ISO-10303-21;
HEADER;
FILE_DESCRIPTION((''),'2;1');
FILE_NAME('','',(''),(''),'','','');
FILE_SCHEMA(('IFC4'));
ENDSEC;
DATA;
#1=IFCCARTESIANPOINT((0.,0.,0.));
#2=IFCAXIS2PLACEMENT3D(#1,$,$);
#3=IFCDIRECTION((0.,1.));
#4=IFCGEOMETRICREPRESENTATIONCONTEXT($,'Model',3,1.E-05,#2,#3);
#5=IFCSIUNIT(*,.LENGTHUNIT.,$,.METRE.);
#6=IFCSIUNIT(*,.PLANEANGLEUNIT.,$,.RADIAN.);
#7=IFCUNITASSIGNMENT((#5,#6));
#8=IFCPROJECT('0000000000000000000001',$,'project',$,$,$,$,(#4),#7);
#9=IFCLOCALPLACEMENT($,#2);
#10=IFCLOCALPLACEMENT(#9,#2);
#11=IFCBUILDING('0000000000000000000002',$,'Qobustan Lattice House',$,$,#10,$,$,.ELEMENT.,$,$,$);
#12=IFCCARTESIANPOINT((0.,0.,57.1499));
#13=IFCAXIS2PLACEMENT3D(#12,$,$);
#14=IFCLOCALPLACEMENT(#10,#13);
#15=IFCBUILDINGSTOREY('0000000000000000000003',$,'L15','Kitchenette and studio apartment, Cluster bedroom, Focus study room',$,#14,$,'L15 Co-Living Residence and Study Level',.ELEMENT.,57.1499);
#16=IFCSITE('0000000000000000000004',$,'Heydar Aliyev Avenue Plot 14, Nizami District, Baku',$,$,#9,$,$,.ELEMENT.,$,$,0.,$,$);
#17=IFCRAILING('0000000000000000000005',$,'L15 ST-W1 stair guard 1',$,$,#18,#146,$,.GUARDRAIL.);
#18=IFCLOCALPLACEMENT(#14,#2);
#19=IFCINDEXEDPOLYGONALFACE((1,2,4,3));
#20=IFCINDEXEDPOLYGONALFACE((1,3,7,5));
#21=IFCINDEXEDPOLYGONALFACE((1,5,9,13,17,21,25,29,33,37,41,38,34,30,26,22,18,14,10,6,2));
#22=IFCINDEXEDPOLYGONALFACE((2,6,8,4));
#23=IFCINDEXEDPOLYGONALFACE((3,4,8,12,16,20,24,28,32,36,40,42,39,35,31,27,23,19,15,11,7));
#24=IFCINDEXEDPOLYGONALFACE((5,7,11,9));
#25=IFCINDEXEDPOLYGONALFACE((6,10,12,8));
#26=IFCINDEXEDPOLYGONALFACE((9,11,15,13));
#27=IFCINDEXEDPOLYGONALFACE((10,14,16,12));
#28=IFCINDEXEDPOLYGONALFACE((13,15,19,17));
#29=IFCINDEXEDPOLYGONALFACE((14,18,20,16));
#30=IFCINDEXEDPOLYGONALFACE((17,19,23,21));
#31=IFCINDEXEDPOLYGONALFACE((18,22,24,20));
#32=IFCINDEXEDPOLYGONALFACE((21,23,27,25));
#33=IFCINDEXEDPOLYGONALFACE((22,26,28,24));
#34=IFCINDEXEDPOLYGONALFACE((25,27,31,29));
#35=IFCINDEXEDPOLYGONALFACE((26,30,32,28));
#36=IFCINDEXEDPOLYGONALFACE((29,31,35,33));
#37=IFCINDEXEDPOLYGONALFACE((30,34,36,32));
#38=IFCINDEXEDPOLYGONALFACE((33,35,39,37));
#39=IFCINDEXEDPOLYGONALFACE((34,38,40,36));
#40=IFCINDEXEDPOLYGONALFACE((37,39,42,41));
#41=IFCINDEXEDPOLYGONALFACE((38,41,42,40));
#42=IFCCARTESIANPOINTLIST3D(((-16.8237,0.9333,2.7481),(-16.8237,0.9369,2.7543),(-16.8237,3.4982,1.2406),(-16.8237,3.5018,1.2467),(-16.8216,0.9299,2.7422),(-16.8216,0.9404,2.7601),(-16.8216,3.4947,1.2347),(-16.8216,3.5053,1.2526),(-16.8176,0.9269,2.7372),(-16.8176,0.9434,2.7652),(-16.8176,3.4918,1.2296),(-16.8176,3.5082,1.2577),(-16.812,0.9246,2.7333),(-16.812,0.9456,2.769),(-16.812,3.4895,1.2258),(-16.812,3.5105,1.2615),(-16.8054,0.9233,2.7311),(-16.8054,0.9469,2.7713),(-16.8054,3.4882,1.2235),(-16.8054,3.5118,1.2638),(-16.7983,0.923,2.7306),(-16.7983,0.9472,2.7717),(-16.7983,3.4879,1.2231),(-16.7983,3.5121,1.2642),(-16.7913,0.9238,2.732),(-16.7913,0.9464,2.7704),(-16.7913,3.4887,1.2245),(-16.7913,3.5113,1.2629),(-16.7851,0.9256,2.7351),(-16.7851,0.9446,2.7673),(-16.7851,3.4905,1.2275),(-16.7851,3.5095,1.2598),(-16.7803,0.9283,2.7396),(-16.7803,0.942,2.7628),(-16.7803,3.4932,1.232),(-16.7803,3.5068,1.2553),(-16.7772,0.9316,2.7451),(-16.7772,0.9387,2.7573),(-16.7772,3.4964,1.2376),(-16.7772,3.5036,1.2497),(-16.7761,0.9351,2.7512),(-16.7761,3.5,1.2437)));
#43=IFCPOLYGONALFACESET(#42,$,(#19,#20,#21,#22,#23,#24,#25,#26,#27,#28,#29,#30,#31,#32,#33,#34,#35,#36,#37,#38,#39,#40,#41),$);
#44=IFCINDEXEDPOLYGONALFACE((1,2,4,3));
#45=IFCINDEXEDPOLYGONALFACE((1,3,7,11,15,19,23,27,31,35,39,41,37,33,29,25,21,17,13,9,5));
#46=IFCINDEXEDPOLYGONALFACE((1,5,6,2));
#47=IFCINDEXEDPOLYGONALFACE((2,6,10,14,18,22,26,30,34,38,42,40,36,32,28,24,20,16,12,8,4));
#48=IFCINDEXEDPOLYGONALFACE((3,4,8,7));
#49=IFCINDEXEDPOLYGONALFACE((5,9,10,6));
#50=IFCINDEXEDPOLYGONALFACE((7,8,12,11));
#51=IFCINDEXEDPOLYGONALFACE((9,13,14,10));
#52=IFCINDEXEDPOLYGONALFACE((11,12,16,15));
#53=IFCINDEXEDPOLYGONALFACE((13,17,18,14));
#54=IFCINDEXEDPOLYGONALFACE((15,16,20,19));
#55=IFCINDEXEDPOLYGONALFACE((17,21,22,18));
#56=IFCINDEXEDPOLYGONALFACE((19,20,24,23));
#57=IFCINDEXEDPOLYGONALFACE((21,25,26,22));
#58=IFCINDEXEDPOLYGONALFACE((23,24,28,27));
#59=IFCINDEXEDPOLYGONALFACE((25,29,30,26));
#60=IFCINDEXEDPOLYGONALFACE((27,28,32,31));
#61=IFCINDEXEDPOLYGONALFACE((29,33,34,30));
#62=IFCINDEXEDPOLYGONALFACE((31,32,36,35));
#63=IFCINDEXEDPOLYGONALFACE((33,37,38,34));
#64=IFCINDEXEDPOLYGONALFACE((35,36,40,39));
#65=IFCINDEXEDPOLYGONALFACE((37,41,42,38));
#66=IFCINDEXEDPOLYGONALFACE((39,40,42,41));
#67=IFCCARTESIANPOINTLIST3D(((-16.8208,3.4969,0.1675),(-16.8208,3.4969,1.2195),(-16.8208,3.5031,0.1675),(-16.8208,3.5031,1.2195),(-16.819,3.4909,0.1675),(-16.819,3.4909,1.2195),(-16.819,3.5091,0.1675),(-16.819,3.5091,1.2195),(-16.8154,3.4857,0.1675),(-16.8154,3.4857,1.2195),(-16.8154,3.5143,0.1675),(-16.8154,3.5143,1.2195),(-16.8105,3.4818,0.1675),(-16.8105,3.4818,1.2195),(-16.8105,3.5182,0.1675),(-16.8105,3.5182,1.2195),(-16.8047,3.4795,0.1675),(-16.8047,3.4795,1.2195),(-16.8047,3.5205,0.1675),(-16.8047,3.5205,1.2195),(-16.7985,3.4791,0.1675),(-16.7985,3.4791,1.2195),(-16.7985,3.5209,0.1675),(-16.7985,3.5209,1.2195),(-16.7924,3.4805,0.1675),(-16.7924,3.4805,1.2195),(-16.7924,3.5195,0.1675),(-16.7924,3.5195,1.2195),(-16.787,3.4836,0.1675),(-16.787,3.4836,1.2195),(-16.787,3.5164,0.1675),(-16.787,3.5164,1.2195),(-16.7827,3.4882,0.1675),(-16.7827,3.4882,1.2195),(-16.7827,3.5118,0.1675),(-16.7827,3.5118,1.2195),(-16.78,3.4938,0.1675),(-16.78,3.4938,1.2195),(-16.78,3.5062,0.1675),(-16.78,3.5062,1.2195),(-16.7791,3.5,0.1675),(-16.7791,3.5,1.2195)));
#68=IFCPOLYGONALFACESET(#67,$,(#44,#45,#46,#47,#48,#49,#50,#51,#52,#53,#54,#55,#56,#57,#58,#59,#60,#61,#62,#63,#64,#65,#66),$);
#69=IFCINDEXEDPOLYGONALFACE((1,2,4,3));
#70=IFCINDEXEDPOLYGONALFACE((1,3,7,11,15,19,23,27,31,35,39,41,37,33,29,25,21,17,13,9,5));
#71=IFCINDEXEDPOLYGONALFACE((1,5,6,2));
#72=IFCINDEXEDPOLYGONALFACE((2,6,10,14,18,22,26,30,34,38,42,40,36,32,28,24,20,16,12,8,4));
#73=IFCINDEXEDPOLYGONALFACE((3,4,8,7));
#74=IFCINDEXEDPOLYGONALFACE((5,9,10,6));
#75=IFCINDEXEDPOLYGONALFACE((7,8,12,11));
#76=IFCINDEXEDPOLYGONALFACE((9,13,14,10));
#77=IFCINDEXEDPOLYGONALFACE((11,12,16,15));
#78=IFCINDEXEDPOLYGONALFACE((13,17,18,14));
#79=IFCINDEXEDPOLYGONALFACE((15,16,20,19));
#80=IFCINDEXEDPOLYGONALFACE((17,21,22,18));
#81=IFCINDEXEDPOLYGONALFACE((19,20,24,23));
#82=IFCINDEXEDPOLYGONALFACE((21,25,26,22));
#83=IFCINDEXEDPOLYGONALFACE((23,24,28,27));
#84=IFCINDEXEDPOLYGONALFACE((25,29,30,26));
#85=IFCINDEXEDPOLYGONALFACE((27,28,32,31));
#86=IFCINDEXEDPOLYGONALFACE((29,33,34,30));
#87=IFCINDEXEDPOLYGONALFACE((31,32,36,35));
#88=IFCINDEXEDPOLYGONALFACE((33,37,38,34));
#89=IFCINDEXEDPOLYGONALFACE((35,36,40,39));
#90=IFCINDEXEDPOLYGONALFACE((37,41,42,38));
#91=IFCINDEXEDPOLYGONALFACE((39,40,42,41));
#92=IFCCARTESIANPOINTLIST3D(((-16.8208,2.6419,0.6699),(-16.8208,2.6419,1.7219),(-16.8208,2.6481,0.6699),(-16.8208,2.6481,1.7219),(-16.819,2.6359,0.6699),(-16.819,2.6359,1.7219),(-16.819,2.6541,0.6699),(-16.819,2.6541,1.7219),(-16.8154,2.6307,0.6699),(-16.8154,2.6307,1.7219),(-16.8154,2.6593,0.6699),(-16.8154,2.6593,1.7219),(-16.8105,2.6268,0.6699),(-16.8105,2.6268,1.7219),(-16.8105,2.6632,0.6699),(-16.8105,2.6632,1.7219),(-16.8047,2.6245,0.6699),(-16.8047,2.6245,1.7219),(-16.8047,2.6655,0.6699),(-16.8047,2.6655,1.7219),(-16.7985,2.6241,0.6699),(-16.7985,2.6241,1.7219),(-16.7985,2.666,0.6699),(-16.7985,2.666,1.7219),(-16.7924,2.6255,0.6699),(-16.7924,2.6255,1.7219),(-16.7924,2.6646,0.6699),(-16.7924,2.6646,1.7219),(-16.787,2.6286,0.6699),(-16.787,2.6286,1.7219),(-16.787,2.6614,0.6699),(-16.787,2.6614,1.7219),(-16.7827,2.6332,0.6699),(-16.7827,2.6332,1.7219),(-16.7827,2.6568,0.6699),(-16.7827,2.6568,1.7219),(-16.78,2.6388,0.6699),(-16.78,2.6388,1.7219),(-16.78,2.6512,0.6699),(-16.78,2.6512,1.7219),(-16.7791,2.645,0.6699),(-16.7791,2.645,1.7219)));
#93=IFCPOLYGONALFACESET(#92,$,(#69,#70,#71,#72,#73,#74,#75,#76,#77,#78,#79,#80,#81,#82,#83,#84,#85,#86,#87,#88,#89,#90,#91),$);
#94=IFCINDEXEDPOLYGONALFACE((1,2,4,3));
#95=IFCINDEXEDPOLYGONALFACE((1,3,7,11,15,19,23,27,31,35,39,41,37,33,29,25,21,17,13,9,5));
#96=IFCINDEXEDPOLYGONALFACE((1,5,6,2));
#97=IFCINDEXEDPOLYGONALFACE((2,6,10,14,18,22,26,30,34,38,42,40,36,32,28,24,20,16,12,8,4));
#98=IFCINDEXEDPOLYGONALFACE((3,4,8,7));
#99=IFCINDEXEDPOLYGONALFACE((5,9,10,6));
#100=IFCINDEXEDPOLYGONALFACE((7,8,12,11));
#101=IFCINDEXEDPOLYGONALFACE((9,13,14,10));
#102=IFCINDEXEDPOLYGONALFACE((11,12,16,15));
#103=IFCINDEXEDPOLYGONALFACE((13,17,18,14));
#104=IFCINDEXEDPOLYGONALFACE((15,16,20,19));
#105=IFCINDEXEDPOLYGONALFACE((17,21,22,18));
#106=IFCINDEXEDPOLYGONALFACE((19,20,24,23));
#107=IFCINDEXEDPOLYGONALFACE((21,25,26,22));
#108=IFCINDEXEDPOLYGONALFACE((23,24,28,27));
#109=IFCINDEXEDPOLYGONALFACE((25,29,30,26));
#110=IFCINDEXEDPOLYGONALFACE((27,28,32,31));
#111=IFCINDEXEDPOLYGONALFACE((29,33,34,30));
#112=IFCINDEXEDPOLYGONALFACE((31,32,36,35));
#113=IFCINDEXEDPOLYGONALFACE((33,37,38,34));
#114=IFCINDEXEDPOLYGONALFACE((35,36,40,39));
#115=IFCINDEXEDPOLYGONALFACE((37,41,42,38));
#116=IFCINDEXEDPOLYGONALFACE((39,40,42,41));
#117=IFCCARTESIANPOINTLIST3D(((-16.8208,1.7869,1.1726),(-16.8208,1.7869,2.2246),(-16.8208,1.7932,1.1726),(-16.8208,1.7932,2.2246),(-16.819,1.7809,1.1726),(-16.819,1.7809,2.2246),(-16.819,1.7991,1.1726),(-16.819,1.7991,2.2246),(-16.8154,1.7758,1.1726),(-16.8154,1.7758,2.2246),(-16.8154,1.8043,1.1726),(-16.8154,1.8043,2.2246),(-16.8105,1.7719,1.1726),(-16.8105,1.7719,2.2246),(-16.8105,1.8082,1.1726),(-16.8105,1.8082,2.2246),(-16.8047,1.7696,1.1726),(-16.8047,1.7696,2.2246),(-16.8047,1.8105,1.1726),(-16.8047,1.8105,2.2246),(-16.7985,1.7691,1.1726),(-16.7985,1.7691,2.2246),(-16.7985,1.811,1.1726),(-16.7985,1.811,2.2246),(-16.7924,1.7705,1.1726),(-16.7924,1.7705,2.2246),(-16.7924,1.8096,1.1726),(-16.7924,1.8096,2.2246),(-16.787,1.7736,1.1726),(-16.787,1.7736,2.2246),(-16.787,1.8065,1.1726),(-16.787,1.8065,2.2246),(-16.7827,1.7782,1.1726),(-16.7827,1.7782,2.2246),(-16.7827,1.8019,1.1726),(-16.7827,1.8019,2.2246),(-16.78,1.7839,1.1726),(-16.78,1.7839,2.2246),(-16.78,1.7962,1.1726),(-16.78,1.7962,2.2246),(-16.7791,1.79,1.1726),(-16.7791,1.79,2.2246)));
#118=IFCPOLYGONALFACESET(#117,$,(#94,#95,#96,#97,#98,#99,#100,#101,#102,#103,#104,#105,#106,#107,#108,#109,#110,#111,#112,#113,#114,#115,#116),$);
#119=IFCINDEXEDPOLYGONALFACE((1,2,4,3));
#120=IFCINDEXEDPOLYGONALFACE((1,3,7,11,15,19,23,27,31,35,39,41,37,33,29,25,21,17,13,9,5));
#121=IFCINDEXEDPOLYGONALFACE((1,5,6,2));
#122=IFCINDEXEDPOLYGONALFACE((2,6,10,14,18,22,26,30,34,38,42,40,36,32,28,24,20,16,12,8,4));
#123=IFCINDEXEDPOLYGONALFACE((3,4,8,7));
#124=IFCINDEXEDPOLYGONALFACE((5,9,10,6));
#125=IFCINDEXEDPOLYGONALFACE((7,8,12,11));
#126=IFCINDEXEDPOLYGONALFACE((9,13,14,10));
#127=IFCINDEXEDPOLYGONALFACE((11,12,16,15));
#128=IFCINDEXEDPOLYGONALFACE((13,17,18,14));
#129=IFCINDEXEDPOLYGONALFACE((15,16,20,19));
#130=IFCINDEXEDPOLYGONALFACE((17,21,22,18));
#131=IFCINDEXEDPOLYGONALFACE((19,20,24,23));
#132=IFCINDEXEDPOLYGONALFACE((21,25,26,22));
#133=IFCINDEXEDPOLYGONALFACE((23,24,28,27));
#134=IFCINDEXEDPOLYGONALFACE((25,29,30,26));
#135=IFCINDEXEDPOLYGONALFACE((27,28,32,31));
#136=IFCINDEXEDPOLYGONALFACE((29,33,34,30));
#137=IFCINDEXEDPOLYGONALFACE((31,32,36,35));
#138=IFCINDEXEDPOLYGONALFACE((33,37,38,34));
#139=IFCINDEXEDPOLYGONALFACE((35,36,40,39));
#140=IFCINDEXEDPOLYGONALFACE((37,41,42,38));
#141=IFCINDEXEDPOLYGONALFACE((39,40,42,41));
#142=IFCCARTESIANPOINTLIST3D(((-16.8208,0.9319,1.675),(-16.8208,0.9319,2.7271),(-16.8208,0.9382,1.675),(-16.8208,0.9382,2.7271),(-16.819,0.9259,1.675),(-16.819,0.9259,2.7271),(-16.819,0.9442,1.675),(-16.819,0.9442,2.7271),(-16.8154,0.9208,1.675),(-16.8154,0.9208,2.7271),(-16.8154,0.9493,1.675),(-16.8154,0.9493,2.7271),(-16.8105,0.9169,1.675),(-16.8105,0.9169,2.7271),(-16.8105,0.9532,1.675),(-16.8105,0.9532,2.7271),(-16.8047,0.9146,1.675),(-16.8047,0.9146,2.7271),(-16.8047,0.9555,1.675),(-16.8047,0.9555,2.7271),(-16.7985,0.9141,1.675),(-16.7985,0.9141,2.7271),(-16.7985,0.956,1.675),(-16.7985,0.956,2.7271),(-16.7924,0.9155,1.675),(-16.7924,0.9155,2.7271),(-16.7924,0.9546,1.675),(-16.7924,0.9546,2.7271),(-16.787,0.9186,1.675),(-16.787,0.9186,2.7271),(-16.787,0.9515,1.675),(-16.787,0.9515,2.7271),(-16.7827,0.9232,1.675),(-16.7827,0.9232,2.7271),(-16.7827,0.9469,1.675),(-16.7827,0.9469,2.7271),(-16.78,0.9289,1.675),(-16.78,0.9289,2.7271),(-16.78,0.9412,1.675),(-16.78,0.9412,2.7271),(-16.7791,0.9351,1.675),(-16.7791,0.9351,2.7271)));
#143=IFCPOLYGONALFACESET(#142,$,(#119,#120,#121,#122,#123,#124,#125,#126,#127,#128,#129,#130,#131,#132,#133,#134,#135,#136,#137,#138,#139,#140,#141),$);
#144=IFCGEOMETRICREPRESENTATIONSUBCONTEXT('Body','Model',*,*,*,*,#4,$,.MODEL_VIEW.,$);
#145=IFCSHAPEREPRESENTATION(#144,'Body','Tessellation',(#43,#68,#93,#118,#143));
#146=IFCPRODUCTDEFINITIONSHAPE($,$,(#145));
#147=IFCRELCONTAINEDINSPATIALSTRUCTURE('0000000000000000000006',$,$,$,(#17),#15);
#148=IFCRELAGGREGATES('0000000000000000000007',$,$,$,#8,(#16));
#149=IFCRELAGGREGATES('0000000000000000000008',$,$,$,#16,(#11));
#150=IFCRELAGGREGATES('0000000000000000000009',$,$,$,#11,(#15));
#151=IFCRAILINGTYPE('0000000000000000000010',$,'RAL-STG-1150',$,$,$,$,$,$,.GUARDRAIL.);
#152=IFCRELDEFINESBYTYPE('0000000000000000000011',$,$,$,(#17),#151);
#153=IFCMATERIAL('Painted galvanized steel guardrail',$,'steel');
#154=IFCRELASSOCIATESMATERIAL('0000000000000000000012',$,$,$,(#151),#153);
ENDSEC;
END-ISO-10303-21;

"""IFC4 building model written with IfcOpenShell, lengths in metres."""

from ifc_helpers import new_model, si_unit, direction, frame, origin, origin_2d, place, context, subcontext, project, spatial, circle, extrude, material, type_object, element, save


model = new_model("IFC4")

# Units and contexts
model_context = context("Model", 3, precision=1e-05, world=origin(), true_north=direction((0.0, 1.0)))
body_context = subcontext(model_context, "Body", "Model", "MODEL_VIEW")
ifc_project = project(units=[si_unit("LENGTHUNIT", "METRE"), si_unit("PLANEANGLEUNIT", "RADIAN")], contexts=[model_context])

# Site, building, storey
site_placement = place(None, origin())
site = spatial("IfcSite", under=ifc_project, at=site_placement, Name="Heydar Aliyev Avenue Plot 14, Nizami District, Baku", CompositionType="ELEMENT", RefElevation=0.0)
building_placement = place(site_placement, origin())
building = spatial("IfcBuilding", under=site, at=building_placement, Name="Qobustan Lattice House", CompositionType="ELEMENT")
storey_placement = place(building_placement, frame((0.0, 0.0, 57.1499)))
storey = spatial("IfcBuildingStorey", under=building, at=storey_placement, Name="L15", Description="Kitchenette and studio apartment, Cluster bedroom, Focus study room", LongName="L15 Co-Living Residence and Study Level", CompositionType="ELEMENT", Elevation=57.1499)

# Railing
ifc_material_1 = material(Name="Painted galvanized steel guardrail", Category="steel")
railing_type_1 = type_object("IfcRailingType", Name="RAL-STG-1150", PredefinedType="GUARDRAIL", material=ifc_material_1)
railing_1_placement = place(storey_placement, frame((-16.8, 3.5, 0.1675)))
element("IfcRailing", 1, at=railing_1_placement, inside=storey, type_object=railing_type_1, Name="L15 ST-W1 stair guard 1", PredefinedType="GUARDRAIL", context=body_context, shape_type="SweptSolid", body=[
    extrude(circle(Radius=0.0239, at=origin_2d()), frame((0.0, 0.0, 1.0762), z_axis=(0.0, -0.862113, 0.506715), x_axis=(1.0, 0.0, 0.0)), (0.0, 0.0, 1.0), 2.9751),
    extrude(circle(Radius=0.021, at=origin_2d()), origin(), (0.0, 0.0, 1.0), 1.052),
    extrude(circle(Radius=0.021, at=origin_2d()), frame((0.0, -0.855, 0.5024)), (0.0, 0.0, 1.0), 1.052),
    extrude(circle(Radius=0.021, at=origin_2d()), frame((0.0, -1.71, 1.0051)), (0.0, 0.0, 1.0), 1.052),
    extrude(circle(Radius=0.021, at=origin_2d()), frame((0.0, -2.5649, 1.5076)), (0.0, 0.0, 1.0), 1.052),
])

save(model, "model.ifc")
